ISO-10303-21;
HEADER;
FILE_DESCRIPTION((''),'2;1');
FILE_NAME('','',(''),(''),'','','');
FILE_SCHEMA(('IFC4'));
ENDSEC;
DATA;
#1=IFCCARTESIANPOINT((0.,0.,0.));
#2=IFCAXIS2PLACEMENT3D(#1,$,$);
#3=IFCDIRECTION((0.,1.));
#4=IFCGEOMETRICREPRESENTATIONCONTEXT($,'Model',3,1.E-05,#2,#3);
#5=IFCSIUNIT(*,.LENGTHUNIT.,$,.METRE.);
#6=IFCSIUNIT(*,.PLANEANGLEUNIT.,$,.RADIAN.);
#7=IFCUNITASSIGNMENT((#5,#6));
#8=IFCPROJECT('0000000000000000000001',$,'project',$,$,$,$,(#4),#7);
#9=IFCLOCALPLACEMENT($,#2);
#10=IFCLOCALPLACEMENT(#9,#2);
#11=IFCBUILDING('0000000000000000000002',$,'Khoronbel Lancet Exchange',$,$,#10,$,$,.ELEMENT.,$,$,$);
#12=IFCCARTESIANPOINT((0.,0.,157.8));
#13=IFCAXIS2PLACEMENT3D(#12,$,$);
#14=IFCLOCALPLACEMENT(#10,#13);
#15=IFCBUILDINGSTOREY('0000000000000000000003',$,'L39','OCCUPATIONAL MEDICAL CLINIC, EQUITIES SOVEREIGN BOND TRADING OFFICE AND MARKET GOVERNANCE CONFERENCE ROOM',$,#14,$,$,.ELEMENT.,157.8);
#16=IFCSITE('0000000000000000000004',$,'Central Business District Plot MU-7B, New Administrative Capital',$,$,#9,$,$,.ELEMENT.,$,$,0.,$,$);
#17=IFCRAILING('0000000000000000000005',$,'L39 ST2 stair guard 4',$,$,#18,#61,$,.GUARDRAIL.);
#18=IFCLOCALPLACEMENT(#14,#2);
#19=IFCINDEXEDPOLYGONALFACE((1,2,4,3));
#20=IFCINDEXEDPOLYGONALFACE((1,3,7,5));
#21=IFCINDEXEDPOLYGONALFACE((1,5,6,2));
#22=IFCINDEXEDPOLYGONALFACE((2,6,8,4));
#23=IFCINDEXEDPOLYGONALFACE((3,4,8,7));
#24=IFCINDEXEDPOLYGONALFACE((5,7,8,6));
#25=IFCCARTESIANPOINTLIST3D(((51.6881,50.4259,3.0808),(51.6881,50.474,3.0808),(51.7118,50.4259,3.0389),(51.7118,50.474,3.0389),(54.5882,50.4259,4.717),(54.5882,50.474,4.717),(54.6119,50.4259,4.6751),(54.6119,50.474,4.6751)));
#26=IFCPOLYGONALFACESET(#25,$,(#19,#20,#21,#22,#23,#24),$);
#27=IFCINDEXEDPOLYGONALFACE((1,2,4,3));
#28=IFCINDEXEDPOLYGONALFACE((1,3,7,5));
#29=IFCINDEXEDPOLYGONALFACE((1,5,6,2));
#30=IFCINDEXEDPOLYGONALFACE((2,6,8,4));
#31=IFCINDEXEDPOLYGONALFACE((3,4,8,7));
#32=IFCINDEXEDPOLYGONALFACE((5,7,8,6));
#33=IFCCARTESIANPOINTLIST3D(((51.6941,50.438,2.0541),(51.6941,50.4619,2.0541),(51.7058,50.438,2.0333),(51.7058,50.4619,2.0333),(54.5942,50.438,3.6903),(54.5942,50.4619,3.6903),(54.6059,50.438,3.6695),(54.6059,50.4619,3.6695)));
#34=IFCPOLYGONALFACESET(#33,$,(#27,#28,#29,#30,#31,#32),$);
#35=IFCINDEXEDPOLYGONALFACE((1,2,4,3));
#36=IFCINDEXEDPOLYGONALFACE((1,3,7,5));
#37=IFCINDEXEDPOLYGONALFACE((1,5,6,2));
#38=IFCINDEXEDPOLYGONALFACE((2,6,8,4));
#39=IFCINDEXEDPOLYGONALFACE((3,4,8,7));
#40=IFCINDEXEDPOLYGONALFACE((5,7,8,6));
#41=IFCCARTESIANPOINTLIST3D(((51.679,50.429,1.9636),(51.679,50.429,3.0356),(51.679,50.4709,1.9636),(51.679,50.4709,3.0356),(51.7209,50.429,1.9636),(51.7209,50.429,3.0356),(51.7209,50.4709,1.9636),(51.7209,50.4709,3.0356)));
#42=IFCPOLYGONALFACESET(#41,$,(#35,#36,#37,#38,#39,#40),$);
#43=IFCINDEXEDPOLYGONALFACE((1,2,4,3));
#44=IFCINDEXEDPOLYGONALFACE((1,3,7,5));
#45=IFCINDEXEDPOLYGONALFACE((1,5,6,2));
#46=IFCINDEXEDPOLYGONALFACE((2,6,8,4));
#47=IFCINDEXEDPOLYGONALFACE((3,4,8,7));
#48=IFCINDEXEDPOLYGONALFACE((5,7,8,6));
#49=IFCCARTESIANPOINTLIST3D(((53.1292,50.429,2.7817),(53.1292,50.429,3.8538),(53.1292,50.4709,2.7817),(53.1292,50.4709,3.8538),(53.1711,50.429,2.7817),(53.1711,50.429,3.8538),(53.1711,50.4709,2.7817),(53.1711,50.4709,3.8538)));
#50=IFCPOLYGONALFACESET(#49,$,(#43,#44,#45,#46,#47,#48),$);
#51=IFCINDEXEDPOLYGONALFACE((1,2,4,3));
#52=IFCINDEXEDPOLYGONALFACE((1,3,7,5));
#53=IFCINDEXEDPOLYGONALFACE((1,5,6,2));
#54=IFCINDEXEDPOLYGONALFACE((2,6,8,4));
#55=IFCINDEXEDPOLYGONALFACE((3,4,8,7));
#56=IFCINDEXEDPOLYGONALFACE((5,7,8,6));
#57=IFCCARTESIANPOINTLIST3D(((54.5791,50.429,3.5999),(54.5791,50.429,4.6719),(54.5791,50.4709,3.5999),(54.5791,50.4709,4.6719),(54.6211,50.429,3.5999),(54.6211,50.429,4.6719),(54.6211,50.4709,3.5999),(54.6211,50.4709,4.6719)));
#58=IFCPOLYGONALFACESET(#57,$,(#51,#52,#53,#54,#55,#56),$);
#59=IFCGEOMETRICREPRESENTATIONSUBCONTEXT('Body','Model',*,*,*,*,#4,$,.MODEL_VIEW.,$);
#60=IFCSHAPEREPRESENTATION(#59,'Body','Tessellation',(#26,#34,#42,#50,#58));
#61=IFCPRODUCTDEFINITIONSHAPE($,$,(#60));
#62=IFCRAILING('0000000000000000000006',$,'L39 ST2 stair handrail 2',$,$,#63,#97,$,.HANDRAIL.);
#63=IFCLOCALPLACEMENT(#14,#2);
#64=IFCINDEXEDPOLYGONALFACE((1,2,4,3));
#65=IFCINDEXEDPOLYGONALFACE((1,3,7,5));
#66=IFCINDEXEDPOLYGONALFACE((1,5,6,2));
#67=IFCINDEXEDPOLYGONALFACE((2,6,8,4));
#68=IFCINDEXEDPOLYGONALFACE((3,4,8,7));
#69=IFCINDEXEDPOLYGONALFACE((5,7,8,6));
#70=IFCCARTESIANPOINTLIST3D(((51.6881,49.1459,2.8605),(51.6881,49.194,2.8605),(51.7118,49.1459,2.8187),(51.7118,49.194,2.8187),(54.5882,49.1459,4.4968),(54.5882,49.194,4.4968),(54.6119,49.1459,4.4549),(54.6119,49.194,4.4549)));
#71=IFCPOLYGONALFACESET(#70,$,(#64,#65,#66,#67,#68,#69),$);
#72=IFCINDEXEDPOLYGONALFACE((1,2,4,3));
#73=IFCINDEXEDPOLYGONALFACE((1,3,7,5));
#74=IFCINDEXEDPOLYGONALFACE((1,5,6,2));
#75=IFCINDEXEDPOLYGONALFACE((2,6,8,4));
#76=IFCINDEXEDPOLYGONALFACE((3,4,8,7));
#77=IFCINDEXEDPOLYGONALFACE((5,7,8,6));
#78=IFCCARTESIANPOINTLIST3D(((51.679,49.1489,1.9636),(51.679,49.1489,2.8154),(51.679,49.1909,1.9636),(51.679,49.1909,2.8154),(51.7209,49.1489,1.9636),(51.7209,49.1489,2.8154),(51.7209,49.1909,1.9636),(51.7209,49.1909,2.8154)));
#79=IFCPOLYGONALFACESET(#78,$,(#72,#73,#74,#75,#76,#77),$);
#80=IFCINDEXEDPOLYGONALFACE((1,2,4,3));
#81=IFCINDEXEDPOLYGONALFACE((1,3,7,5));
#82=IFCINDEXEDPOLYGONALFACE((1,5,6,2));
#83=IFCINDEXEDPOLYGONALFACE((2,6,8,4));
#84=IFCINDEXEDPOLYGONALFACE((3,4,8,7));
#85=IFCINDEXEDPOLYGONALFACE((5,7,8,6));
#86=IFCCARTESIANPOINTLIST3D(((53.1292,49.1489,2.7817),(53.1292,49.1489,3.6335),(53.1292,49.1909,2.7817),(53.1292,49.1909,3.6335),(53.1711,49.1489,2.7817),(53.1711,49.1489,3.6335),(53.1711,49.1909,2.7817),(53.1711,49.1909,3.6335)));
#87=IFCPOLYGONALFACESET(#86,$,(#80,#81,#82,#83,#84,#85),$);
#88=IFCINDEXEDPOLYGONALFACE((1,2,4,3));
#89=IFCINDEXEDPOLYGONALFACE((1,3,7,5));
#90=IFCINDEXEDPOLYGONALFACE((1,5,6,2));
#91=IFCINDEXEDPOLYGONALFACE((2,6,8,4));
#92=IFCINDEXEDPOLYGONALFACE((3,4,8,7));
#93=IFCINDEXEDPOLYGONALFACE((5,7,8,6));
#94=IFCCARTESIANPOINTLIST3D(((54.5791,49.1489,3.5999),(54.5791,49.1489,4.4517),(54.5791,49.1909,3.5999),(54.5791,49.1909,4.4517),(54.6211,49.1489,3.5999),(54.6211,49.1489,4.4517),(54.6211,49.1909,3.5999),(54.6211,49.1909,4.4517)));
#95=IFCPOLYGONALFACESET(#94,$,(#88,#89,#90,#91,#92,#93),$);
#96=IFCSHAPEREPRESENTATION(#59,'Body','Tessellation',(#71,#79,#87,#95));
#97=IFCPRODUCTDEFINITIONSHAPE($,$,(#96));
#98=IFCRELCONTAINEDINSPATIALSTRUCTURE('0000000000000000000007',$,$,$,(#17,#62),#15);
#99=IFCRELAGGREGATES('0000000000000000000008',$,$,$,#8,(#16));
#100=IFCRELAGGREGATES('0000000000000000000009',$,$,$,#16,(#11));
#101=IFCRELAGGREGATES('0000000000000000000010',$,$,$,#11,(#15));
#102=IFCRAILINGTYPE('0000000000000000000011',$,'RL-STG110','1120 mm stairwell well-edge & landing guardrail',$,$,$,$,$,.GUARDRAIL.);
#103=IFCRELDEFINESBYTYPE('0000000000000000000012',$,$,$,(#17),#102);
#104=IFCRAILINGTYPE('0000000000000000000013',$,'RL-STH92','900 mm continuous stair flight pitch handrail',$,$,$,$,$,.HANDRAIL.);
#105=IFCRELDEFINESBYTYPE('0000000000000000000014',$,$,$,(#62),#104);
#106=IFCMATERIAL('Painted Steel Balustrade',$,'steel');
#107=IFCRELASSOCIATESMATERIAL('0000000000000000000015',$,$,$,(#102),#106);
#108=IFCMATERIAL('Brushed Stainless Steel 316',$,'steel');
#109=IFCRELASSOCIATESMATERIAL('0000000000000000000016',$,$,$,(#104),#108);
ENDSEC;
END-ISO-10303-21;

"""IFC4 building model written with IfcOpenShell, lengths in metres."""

from ifc_helpers import new_model, si_unit, direction, frame, origin, origin_2d, place, context, subcontext, project, spatial, rectangle, extrude, material, type_object, element, save


model = new_model("IFC4")

# Units and contexts
model_context = context("Model", 3, precision=1e-05, world=origin(), true_north=direction((0.0, 1.0)))
body_context = subcontext(model_context, "Body", "Model", "MODEL_VIEW")
ifc_project = project(units=[si_unit("LENGTHUNIT", "METRE"), si_unit("PLANEANGLEUNIT", "RADIAN")], contexts=[model_context])

# Site, building, storey
site_placement = place(None, origin())
site = spatial("IfcSite", under=ifc_project, at=site_placement, Name="Central Business District Plot MU-7B, New Administrative Capital", CompositionType="ELEMENT", RefElevation=0.0)
building_placement = place(site_placement, origin())
building = spatial("IfcBuilding", under=site, at=building_placement, Name="Khoronbel Lancet Exchange", CompositionType="ELEMENT")
storey_placement = place(building_placement, frame((0.0, 0.0, 157.8)))
storey = spatial("IfcBuildingStorey", under=building, at=storey_placement, Name="L39", Description="OCCUPATIONAL MEDICAL CLINIC, EQUITIES SOVEREIGN BOND TRADING OFFICE AND MARKET GOVERNANCE CONFERENCE ROOM", CompositionType="ELEMENT", Elevation=157.8)

# Railings
ifc_material_1 = material(Name="Painted Steel Balustrade", Category="steel")
railing_type_1 = type_object("IfcRailingType", Name="RL-STG110", Description="1120 mm stairwell well-edge & landing guardrail", PredefinedType="GUARDRAIL", material=ifc_material_1)
railing_1_placement = place(storey_placement, frame((51.7, 50.45, 1.9636)))
element("IfcRailing", 1, at=railing_1_placement, inside=storey, type_object=railing_type_1, Name="L39 ST2 stair guard 4", PredefinedType="GUARDRAIL", context=body_context, shape_type="SweptSolid", body=[
    extrude(rectangle(XDim=0.0481, YDim=0.0481, at=origin_2d()), frame((0.0, 0.0, 1.0962), z_axis=(0.870946, 0.0, 0.491378), x_axis=(0.0, 1.0, 0.0)), (0.0, 0.0, 1.0), 3.3298),
    extrude(rectangle(XDim=0.0239, YDim=0.0239, at=origin_2d()), frame((0.0, 0.0, 0.0801), z_axis=(0.870946, 0.0, 0.491378), x_axis=(0.0, 1.0, 0.0)), (0.0, 0.0, 1.0), 3.3298),
    extrude(rectangle(XDim=0.042, YDim=0.042, at=origin_2d()), origin(), (0.0, 0.0, 1.0), 1.072),
    extrude(rectangle(XDim=0.042, YDim=0.042, at=origin_2d()), frame((1.4502, 0.0, 0.8181)), (0.0, 0.0, 1.0), 1.072),
    extrude(rectangle(XDim=0.042, YDim=0.042, at=origin_2d()), frame((2.9001, 0.0, 1.6362)), (0.0, 0.0, 1.0), 1.072),
])
ifc_material_2 = material(Name="Brushed Stainless Steel 316", Category="steel")
railing_type_2 = type_object("IfcRailingType", Name="RL-STH92", Description="900 mm continuous stair flight pitch handrail", PredefinedType="HANDRAIL", material=ifc_material_2)
railing_2_placement = place(storey_placement, frame((51.7, 49.1699, 1.9636)))
element("IfcRailing", 2, at=railing_2_placement, inside=storey, type_object=railing_type_2, Name="L39 ST2 stair handrail 2", PredefinedType="HANDRAIL", context=body_context, shape_type="SweptSolid", body=[
    extrude(rectangle(XDim=0.0481, YDim=0.0481, at=origin_2d()), frame((0.0, 0.0, 0.876), z_axis=(0.870946, 0.0, 0.491378), x_axis=(0.0, 1.0, 0.0)), (0.0, 0.0, 1.0), 3.3298),
    extrude(rectangle(XDim=0.042, YDim=0.042, at=origin_2d()), origin(), (0.0, 0.0, 1.0), 0.8518),
    extrude(rectangle(XDim=0.042, YDim=0.042, at=origin_2d()), frame((1.4502, 0.0, 0.8181)), (0.0, 0.0, 1.0), 0.8518),
    extrude(rectangle(XDim=0.042, YDim=0.042, at=origin_2d()), frame((2.9001, 0.0, 1.6362)), (0.0, 0.0, 1.0), 0.8518),
])

save(model, "model.ifc")
